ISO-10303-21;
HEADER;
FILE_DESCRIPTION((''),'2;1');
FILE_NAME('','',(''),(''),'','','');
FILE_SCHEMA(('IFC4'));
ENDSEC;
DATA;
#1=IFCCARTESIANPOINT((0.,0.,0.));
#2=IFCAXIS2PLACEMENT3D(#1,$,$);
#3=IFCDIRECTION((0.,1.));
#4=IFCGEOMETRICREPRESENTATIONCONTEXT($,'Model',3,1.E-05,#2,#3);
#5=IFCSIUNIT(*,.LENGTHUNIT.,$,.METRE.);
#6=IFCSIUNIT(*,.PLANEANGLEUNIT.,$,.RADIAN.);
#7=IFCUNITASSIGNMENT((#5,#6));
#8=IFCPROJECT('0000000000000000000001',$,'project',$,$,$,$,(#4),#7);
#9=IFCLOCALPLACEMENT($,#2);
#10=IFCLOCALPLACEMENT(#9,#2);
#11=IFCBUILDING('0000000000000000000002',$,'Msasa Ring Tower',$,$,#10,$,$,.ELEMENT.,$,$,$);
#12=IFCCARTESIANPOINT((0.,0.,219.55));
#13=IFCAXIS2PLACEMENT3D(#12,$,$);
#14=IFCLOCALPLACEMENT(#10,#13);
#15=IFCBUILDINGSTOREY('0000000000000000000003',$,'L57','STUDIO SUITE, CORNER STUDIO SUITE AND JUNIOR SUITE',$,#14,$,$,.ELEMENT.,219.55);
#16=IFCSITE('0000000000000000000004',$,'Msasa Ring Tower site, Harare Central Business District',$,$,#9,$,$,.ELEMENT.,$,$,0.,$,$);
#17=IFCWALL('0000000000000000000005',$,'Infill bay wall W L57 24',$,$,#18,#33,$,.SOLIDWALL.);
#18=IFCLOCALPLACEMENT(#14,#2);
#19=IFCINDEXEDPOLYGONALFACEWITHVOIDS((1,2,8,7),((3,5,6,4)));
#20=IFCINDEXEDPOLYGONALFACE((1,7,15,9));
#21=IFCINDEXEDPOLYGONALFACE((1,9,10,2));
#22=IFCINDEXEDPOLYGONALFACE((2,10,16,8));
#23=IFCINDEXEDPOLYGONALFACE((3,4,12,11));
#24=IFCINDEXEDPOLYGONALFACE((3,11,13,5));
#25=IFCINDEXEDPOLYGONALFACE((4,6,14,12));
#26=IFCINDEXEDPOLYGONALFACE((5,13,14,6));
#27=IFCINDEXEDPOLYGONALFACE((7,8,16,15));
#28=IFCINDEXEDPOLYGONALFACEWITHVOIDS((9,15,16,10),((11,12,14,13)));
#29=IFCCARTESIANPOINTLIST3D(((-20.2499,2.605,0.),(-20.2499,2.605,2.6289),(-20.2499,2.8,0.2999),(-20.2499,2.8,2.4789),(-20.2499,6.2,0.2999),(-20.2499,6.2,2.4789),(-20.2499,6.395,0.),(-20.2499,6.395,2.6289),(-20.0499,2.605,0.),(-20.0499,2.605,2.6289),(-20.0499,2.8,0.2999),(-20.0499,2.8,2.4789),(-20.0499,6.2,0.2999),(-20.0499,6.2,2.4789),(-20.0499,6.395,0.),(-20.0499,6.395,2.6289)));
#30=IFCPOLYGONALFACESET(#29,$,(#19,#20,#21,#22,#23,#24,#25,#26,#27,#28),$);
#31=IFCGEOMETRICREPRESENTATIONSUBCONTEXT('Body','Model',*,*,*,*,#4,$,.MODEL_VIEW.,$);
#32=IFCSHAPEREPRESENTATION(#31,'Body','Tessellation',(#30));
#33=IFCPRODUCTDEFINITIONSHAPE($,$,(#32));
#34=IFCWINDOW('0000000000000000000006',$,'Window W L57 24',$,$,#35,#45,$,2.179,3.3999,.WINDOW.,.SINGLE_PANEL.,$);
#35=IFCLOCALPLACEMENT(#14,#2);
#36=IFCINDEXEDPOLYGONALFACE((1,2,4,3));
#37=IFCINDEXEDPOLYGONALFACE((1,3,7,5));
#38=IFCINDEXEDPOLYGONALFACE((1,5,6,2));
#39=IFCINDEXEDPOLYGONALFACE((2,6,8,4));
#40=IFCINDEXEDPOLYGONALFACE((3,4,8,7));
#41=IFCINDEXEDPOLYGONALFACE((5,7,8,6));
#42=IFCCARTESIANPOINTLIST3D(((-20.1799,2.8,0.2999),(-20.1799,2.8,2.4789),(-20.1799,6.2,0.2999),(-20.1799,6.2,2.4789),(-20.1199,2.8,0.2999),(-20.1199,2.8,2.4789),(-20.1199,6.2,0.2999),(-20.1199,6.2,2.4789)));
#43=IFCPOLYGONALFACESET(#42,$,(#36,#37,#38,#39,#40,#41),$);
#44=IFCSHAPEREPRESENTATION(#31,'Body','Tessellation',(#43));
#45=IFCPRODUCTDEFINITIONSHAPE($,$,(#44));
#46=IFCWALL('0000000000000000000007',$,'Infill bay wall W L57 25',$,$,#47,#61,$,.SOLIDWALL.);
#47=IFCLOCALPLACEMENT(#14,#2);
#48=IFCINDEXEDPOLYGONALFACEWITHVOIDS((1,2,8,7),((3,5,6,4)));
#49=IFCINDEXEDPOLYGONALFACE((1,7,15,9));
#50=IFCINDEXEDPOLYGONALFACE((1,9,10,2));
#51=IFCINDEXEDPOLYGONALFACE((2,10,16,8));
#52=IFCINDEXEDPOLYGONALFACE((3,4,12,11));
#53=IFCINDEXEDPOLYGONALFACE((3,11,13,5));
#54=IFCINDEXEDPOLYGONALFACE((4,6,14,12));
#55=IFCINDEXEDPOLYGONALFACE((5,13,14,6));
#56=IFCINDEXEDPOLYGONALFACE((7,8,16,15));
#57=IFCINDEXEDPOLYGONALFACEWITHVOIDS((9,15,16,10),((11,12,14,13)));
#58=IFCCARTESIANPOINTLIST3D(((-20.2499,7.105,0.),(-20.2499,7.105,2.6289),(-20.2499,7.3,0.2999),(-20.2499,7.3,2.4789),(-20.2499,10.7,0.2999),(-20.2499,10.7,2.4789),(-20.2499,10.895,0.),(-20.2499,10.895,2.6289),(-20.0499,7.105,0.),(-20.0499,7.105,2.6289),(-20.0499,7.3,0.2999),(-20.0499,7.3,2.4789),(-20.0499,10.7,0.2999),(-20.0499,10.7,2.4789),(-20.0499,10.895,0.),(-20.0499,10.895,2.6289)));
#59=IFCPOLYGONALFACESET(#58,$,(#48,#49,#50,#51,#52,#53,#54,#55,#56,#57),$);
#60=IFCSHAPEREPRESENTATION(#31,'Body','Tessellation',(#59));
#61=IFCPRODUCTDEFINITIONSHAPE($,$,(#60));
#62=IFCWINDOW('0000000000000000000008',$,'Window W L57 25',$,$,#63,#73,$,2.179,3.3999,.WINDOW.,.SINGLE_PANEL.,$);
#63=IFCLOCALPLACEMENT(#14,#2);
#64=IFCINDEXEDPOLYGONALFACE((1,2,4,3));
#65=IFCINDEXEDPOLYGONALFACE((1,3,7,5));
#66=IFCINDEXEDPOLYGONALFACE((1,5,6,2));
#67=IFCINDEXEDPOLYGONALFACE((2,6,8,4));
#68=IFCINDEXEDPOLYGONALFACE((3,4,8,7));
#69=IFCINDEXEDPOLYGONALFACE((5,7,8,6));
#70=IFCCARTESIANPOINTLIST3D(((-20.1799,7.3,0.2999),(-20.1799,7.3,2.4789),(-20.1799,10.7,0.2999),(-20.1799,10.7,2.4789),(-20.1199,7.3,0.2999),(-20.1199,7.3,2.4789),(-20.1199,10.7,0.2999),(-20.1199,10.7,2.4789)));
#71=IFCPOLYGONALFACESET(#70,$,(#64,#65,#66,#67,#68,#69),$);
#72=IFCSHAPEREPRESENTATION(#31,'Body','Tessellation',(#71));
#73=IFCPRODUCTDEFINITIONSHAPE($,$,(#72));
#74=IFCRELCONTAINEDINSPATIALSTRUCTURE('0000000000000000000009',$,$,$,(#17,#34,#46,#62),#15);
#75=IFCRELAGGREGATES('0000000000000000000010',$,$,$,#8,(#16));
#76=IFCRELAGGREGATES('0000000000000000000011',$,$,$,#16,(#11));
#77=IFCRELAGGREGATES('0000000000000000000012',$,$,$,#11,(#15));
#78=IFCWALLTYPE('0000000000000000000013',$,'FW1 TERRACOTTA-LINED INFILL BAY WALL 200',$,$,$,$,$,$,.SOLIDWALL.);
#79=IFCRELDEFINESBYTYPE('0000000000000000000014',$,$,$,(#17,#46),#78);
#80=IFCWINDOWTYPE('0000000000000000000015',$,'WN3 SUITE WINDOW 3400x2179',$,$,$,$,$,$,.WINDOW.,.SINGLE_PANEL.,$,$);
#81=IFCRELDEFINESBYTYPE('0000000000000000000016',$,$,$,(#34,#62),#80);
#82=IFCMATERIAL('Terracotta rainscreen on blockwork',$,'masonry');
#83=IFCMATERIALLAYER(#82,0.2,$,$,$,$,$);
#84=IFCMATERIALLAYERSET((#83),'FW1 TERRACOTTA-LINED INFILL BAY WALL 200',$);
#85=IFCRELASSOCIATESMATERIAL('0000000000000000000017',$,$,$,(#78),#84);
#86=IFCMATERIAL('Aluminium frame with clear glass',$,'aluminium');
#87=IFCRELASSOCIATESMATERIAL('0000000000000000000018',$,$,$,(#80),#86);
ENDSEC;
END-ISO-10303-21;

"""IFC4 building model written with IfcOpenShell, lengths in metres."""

from ifc_helpers import new_model, si_unit, direction, frame, frame_2d, origin, place, context, subcontext, project, spatial, rectangle, extrude, material, layer, layer_set, type_object, element, fill, save


model = new_model("IFC4")

# Units and contexts
model_context = context("Model", 3, precision=1e-05, world=origin(), true_north=direction((0.0, 1.0)))
body_context = subcontext(model_context, "Body", "Model", "MODEL_VIEW")
ifc_project = project(units=[si_unit("LENGTHUNIT", "METRE"), si_unit("PLANEANGLEUNIT", "RADIAN")], contexts=[model_context])

# Site, building, storey
site_placement = place(None, origin())
site = spatial("IfcSite", under=ifc_project, at=site_placement, Name="Msasa Ring Tower site, Harare Central Business District", CompositionType="ELEMENT", RefElevation=0.0)
building_placement = place(site_placement, origin())
building = spatial("IfcBuilding", under=site, at=building_placement, Name="Msasa Ring Tower", CompositionType="ELEMENT")
storey_placement = place(building_placement, frame((0.0, 0.0, 219.55)))
storey = spatial("IfcBuildingStorey", under=building, at=storey_placement, Name="L57", Description="STUDIO SUITE, CORNER STUDIO SUITE AND JUNIOR SUITE", CompositionType="ELEMENT", Elevation=219.55)

# Walls, openings, windows
ifc_material_1 = material(Name="Terracotta rainscreen on blockwork", Category="masonry")
ifc_layer_1 = layer(ifc_material_1, 0.2)
ifc_layer_set_1 = layer_set([ifc_layer_1], Name="FW1 TERRACOTTA-LINED INFILL BAY WALL 200")
wall_type_1 = type_object("IfcWallType", Name="FW1 TERRACOTTA-LINED INFILL BAY WALL 200", PredefinedType="SOLIDWALL", material=ifc_layer_set_1)
wall_1_placement = place(storey_placement, frame((-20.1499, 2.605, 0.0), z_axis=(0.0, 0.0, 1.0), x_axis=(0.0, 1.0, 0.0)))
wall_1 = element("IfcWall", 1, at=wall_1_placement, inside=storey, type_object=wall_type_1, Name="Infill bay wall W L57 24", PredefinedType="SOLIDWALL", context=body_context, shape_type="SweptSolid", body=[
    extrude(rectangle(XDim=3.79, YDim=0.2, at=frame_2d((1.895, 0.0))), origin(), (0.0, 0.0, 1.0), 2.6289),
])
opening_1_placement = place(wall_1_placement, frame((0.1951, 0.0, 0.3)))
opening_1 = element("IfcOpeningElement", 2, at=opening_1_placement, cuts=wall_1, PredefinedType="OPENING", context=body_context, shape_type="SweptSolid", body=[
    extrude(rectangle(XDim=3.3999, YDim=2.179, at=frame_2d((1.7, 1.0894))), frame((0.0, 0.1099, 0.0), z_axis=(0.0, -1.0, 0.0), x_axis=(1.0, 0.0, 0.0)), (0.0, 0.0, 1.0), 0.22),
])
ifc_material_2 = material(Name="Aluminium frame with clear glass", Category="aluminium")
window_type = type_object("IfcWindowType", Name="WN3 SUITE WINDOW 3400x2179", PartitioningType="SINGLE_PANEL", PredefinedType="WINDOW", material=ifc_material_2)
window_1_placement = place(opening_1_placement, origin())
window_1 = element("IfcWindow", 3, at=window_1_placement, inside=storey, type_object=window_type, Name="Window W L57 24", OverallHeight=2.179, OverallWidth=3.3999, PartitioningType="SINGLE_PANEL", PredefinedType="WINDOW", context=body_context, shape_type="SweptSolid", body=[
    extrude(rectangle(XDim=3.3999, YDim=2.179, at=frame_2d((1.7, 1.0894))), frame((0.0, 0.03, 0.0), z_axis=(0.0, -1.0, 0.0), x_axis=(1.0, 0.0, 0.0)), (0.0, 0.0, 1.0), 0.0601),
])
fill(opening_1, window_1)
wall_2_placement = place(storey_placement, frame((-20.1499, 7.105, 0.0), z_axis=(0.0, 0.0, 1.0), x_axis=(0.0, 1.0, 0.0)))
wall_2 = element("IfcWall", 4, at=wall_2_placement, inside=storey, type_object=wall_type_1, Name="Infill bay wall W L57 25", PredefinedType="SOLIDWALL", context=body_context, shape_type="SweptSolid", body=[
    extrude(rectangle(XDim=3.79, YDim=0.2, at=frame_2d((1.895, 0.0))), origin(), (0.0, 0.0, 1.0), 2.6289),
])
opening_2_placement = place(wall_2_placement, frame((0.1951, 0.0, 0.3)))
opening_2 = element("IfcOpeningElement", 5, at=opening_2_placement, cuts=wall_2, PredefinedType="OPENING", context=body_context, shape_type="SweptSolid", body=[
    extrude(rectangle(XDim=3.3999, YDim=2.179, at=frame_2d((1.7, 1.0894))), frame((0.0, 0.1099, 0.0), z_axis=(0.0, -1.0, 0.0), x_axis=(1.0, 0.0, 0.0)), (0.0, 0.0, 1.0), 0.22),
])
window_2_placement = place(opening_2_placement, origin())
window_2 = element("IfcWindow", 6, at=window_2_placement, inside=storey, type_object=window_type, Name="Window W L57 25", OverallHeight=2.179, OverallWidth=3.3999, PartitioningType="SINGLE_PANEL", PredefinedType="WINDOW", context=body_context, shape_type="SweptSolid", body=[
    extrude(rectangle(XDim=3.3999, YDim=2.179, at=frame_2d((1.7, 1.0894))), frame((0.0, 0.03, 0.0), z_axis=(0.0, -1.0, 0.0), x_axis=(1.0, 0.0, 0.0)), (0.0, 0.0, 1.0), 0.0601),
])
fill(opening_2, window_2)

save(model, "model.ifc")
